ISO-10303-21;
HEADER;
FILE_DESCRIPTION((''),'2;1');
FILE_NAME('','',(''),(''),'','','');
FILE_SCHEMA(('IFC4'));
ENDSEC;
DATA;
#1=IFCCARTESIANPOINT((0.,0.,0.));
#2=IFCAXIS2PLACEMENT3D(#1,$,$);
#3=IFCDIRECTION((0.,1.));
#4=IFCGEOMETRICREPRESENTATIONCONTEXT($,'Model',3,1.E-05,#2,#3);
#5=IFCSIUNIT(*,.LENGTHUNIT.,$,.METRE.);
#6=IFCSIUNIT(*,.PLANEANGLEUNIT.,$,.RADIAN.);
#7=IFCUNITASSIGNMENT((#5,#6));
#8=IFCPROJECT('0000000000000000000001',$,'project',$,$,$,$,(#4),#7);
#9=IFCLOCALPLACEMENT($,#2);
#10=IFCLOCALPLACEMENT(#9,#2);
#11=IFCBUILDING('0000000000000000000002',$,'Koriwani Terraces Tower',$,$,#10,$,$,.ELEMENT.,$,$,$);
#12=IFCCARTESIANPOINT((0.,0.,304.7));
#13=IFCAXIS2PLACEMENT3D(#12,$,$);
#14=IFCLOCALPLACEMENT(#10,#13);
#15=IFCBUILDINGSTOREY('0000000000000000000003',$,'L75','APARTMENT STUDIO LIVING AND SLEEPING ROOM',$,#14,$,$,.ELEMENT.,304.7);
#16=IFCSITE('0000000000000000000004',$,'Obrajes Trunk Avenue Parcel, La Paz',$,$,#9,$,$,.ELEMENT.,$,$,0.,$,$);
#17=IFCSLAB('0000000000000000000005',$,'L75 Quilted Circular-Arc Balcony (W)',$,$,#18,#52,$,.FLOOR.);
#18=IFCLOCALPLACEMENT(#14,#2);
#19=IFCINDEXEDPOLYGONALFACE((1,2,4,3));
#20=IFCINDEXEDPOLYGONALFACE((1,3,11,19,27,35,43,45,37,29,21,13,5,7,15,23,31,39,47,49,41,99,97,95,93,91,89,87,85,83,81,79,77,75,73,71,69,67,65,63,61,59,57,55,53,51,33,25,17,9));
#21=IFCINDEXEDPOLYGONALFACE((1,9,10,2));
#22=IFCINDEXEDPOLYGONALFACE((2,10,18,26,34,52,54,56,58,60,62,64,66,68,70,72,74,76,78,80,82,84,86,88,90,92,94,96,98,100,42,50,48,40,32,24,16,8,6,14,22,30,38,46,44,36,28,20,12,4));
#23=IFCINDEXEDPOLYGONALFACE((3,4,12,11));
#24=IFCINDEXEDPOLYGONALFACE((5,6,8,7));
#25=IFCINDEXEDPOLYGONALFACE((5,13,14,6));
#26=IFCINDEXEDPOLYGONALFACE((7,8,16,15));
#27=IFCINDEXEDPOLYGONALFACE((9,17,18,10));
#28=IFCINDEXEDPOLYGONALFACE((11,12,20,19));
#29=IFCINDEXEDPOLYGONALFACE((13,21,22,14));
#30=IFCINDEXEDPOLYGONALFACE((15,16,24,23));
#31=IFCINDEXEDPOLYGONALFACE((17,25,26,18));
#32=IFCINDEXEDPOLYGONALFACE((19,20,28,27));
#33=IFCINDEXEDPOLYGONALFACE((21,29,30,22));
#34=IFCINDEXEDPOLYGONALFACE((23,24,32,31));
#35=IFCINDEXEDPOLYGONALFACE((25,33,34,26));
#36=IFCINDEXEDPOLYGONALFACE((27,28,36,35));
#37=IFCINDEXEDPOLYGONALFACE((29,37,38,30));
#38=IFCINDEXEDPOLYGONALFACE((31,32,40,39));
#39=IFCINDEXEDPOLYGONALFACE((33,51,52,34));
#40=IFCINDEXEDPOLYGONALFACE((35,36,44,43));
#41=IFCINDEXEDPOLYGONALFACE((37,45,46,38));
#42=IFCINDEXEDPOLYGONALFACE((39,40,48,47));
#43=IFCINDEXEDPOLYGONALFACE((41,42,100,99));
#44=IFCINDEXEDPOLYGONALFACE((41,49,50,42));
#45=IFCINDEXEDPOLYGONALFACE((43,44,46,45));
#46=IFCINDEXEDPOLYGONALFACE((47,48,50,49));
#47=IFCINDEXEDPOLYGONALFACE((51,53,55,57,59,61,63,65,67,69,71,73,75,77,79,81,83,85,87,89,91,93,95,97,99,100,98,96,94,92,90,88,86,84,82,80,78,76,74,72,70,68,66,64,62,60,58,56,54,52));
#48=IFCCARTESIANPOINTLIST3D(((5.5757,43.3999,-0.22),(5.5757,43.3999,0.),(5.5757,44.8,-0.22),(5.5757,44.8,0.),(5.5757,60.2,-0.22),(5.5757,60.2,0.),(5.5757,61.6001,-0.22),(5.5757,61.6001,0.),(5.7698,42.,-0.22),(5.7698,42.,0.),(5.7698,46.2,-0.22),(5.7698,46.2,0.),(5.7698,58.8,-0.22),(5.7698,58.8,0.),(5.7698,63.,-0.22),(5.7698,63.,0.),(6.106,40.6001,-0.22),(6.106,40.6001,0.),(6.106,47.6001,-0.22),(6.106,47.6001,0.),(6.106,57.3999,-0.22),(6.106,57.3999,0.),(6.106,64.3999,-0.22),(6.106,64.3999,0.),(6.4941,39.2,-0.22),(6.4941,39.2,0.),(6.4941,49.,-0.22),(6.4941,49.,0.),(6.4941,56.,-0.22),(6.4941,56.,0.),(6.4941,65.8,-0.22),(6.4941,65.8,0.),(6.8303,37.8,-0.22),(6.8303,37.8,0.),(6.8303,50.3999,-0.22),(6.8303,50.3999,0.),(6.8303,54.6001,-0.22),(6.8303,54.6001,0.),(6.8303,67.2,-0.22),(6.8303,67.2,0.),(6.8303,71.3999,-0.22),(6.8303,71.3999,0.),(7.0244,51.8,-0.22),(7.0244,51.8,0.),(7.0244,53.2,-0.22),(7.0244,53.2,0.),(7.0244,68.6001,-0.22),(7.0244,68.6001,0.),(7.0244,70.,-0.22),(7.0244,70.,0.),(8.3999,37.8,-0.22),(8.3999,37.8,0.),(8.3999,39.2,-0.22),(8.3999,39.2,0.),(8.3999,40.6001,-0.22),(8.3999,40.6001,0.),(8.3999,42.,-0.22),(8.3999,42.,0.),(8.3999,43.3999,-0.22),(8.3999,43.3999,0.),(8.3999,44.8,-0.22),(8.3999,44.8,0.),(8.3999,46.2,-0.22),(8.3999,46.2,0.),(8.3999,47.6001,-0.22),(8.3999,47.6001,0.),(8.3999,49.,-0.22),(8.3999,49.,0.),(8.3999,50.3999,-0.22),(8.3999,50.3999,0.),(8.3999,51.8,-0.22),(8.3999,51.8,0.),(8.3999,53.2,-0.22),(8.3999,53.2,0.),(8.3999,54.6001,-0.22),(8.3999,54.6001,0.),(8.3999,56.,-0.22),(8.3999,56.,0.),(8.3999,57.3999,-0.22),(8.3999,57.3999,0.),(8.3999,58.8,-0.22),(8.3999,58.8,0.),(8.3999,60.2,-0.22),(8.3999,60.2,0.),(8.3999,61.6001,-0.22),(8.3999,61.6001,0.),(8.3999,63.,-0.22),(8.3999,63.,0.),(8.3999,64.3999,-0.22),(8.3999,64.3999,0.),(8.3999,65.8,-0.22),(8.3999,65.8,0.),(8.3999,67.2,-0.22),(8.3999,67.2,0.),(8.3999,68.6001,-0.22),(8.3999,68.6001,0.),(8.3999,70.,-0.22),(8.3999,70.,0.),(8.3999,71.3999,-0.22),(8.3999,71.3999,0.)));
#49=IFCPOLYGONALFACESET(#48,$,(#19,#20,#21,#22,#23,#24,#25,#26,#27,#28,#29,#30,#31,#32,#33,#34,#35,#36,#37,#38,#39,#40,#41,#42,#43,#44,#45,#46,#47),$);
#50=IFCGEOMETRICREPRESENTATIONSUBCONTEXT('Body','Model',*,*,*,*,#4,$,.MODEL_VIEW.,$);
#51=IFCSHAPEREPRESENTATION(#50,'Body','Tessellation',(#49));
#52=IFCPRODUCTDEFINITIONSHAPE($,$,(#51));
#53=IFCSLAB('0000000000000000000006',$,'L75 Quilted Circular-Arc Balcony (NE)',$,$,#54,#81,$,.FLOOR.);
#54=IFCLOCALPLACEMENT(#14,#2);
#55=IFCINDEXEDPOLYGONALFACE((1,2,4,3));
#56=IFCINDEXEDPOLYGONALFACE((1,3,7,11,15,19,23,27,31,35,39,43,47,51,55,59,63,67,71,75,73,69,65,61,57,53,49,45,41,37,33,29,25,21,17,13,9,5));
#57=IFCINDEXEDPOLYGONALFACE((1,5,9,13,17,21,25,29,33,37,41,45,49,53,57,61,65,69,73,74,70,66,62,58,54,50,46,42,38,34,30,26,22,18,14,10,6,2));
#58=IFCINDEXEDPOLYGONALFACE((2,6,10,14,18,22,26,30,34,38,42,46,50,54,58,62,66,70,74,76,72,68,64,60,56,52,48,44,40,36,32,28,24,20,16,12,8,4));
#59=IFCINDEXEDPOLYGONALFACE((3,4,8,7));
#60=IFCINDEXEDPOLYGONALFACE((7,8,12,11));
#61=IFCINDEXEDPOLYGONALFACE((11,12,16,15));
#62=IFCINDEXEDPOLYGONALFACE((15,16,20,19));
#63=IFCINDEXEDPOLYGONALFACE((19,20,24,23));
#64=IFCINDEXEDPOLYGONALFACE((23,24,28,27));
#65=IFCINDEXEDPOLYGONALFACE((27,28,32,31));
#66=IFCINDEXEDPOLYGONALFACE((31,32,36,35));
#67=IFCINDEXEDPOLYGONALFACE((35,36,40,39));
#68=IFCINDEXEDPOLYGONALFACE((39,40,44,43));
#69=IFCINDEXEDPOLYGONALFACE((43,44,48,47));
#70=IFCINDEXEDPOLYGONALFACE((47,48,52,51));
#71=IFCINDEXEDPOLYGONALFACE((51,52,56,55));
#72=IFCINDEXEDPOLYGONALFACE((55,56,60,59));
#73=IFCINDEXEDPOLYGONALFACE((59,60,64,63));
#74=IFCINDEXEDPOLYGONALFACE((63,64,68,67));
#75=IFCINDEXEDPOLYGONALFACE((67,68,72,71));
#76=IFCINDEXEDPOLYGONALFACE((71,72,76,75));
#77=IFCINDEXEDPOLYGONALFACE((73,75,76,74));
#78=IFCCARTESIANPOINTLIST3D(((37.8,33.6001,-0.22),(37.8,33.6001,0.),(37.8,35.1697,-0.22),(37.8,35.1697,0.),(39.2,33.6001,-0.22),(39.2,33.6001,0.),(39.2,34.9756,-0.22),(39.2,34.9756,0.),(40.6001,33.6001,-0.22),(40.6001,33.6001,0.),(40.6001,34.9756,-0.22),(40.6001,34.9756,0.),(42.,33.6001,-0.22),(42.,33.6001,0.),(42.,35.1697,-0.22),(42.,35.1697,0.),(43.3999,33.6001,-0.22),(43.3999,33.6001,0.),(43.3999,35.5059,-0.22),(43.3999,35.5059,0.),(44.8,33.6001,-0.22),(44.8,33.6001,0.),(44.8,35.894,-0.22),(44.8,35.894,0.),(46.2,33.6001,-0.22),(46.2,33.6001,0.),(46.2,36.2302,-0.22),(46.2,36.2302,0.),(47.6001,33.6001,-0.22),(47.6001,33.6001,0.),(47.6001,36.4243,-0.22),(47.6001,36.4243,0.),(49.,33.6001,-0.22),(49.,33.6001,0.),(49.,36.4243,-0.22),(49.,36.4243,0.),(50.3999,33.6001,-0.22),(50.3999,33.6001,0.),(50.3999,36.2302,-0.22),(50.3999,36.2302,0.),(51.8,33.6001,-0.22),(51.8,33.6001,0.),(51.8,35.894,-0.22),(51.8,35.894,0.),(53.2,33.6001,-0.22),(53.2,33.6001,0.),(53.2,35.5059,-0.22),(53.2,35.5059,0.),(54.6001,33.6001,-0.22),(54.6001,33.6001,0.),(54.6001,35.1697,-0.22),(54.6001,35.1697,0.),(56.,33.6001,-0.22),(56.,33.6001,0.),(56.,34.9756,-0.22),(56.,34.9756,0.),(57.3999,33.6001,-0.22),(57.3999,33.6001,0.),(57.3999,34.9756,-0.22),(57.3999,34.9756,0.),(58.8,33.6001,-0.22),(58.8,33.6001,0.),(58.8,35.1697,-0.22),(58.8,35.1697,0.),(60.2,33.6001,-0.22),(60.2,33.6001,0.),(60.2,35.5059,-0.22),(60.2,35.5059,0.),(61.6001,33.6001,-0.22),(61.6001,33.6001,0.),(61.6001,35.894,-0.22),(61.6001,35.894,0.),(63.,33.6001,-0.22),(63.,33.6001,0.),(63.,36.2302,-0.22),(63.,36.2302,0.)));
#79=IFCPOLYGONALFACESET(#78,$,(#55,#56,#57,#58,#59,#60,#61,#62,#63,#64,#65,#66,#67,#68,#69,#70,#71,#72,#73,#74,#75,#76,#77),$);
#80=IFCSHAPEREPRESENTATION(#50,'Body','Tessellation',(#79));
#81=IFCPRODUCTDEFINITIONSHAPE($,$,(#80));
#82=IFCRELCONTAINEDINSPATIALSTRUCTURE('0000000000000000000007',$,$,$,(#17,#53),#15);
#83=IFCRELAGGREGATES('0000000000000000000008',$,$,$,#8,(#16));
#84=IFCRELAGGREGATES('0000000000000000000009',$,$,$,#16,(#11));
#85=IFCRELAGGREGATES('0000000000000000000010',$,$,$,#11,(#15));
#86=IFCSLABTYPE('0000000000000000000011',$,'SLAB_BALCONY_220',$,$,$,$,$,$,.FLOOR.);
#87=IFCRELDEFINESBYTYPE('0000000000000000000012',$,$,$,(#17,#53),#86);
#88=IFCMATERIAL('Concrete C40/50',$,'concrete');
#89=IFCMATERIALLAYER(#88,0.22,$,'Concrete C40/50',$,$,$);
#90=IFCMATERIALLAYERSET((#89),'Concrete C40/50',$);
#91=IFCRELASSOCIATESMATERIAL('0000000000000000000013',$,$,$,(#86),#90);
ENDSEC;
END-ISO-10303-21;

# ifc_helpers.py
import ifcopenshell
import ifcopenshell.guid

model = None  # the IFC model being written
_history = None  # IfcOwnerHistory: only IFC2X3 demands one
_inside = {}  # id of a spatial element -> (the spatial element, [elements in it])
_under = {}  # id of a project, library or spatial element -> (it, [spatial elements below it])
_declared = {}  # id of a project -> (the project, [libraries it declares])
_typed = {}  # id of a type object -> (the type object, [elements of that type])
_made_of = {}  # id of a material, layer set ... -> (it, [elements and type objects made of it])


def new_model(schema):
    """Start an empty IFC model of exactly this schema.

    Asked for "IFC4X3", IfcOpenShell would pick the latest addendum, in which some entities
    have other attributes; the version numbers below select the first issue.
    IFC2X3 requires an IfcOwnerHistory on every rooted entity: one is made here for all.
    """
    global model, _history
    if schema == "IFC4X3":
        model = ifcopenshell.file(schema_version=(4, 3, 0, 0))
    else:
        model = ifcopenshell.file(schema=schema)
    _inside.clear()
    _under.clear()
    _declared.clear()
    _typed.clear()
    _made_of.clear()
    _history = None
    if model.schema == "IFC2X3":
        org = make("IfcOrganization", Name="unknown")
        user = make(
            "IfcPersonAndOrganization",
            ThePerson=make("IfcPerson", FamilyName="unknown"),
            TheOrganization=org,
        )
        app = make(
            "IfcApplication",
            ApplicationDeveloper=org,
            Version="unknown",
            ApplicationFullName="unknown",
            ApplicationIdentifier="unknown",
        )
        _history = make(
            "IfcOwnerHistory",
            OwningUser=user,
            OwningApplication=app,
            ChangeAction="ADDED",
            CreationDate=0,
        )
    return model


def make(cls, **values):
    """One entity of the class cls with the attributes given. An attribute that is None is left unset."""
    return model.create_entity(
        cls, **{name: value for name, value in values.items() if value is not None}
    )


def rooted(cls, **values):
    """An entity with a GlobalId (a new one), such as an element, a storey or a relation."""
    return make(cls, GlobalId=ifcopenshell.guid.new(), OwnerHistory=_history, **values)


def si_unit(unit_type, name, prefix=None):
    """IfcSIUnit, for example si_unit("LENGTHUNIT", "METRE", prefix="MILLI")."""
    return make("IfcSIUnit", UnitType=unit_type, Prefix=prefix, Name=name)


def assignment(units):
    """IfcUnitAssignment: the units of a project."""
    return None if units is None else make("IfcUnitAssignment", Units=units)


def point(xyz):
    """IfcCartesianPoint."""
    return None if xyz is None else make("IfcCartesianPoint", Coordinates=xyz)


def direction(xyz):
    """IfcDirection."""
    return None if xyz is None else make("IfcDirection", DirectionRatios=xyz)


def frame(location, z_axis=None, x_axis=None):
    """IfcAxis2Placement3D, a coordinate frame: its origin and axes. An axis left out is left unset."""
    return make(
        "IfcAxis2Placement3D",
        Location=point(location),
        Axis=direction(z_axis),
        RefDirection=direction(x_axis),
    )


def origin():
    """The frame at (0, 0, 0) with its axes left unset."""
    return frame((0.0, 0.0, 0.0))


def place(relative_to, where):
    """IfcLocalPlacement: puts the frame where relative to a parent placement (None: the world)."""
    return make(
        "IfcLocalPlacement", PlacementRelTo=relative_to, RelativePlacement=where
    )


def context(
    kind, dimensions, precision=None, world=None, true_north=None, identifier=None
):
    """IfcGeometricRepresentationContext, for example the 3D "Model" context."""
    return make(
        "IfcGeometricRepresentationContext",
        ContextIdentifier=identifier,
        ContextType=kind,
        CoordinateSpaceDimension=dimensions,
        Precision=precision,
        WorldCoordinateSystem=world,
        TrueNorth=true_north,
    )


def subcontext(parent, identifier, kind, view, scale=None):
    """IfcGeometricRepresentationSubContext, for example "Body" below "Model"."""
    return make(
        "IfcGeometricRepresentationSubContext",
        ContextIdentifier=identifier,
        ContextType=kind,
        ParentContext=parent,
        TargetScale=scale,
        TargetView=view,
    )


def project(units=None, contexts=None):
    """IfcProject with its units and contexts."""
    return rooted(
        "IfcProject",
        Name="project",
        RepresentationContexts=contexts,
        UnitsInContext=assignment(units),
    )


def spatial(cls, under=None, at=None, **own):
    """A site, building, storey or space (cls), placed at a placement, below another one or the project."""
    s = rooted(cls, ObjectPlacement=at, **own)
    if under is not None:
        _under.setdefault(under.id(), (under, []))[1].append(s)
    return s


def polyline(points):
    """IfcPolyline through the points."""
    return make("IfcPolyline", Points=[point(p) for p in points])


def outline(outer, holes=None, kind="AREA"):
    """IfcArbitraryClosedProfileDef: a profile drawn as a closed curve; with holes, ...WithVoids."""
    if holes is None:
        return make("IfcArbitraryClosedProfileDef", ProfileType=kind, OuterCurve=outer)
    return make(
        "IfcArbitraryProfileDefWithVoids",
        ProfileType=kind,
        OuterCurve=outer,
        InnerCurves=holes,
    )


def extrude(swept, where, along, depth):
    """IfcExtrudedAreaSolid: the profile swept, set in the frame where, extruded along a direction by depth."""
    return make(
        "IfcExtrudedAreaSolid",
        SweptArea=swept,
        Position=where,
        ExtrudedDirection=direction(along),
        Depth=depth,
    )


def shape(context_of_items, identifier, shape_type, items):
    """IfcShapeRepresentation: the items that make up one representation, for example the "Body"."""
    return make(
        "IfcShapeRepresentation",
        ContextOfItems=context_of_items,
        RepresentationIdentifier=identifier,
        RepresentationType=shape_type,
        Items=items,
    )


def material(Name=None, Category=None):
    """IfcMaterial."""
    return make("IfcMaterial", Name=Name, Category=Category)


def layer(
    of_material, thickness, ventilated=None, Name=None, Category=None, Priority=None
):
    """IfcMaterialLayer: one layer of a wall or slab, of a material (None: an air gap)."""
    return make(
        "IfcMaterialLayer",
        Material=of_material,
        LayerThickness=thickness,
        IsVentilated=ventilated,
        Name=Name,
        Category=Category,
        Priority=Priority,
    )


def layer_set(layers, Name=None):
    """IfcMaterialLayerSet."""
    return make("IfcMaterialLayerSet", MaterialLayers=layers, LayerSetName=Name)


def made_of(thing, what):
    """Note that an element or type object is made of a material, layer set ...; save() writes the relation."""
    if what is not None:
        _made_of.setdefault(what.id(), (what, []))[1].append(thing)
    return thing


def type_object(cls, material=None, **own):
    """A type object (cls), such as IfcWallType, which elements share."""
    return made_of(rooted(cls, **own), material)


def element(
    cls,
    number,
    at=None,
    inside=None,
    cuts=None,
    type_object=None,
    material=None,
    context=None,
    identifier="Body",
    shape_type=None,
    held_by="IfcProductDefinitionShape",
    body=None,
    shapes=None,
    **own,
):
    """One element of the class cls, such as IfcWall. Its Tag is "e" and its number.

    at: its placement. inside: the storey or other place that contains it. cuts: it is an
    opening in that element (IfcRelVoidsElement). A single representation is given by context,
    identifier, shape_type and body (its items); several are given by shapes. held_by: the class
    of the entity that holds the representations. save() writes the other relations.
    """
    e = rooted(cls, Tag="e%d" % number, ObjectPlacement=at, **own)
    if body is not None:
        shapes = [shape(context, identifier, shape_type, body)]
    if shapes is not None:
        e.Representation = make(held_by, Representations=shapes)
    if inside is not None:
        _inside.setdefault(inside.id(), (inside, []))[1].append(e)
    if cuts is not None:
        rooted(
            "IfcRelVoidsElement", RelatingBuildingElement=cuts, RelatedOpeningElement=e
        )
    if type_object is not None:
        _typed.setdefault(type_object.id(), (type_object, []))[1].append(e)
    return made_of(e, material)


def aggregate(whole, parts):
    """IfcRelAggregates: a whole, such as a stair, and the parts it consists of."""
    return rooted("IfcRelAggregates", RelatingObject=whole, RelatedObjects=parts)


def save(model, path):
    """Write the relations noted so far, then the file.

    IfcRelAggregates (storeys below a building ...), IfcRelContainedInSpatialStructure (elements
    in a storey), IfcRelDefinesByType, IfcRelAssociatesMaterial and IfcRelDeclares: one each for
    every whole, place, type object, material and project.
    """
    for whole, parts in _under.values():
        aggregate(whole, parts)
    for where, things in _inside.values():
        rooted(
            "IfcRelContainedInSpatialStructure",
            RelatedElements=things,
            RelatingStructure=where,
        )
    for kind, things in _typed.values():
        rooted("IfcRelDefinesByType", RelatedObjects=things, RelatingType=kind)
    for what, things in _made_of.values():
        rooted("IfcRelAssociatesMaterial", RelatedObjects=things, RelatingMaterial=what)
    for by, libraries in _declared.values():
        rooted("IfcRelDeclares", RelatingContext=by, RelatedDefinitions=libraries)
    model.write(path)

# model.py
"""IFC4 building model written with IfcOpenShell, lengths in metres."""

from ifc_helpers import new_model, si_unit, direction, frame, origin, place, context, subcontext, project, spatial, polyline, outline, extrude, material, layer, layer_set, type_object, element, save


model = new_model("IFC4")

# Units and contexts
model_context = context("Model", 3, precision=1e-05, world=origin(), true_north=direction((0.0, 1.0)))
body_context = subcontext(model_context, "Body", "Model", "MODEL_VIEW")
ifc_project = project(units=[si_unit("LENGTHUNIT", "METRE"), si_unit("PLANEANGLEUNIT", "RADIAN")], contexts=[model_context])

# Site, building, storey
site_placement = place(None, origin())
site = spatial("IfcSite", under=ifc_project, at=site_placement, Name="Obrajes Trunk Avenue Parcel, La Paz", CompositionType="ELEMENT", RefElevation=0.0)
building_placement = place(site_placement, origin())
building = spatial("IfcBuilding", under=site, at=building_placement, Name="Koriwani Terraces Tower", CompositionType="ELEMENT")
storey_placement = place(building_placement, frame((0.0, 0.0, 304.7)))
storey = spatial("IfcBuildingStorey", under=building, at=storey_placement, Name="L75", Description="APARTMENT STUDIO LIVING AND SLEEPING ROOM", CompositionType="ELEMENT", Elevation=304.7)

# Shared definitions
ifc_material_1 = material(Name="Concrete C40/50", Category="concrete")

# Slabs
ifc_layer_1 = layer(ifc_material_1, 0.22, Name="Concrete C40/50")
ifc_layer_set_1 = layer_set([ifc_layer_1], Name="Concrete C40/50")
slab_type_1 = type_object("IfcSlabType", Name="SLAB_BALCONY_220", PredefinedType="FLOOR", material=ifc_layer_set_1)
slab_1_placement = place(storey_placement, frame((0.0, 0.0, -0.22)))
element("IfcSlab", 1, at=slab_1_placement, inside=storey, type_object=slab_type_1, Name="L75 Quilted Circular-Arc Balcony (W)", PredefinedType="FLOOR", context=body_context, shape_type="SweptSolid", body=[
    extrude(outline(polyline([(8.3999, 37.8), (8.3999, 39.2), (8.3999, 40.6001), (8.3999, 42.0), (8.3999, 43.3999), (8.3999, 44.8), (8.3999, 46.2), (8.3999, 47.6001), (8.3999, 49.0), (8.3999, 50.3999), (8.3999, 51.8), (8.3999, 53.2), (8.3999, 54.6001), (8.3999, 56.0), (8.3999, 57.3999), (8.3999, 58.8), (8.3999, 60.2), (8.3999, 61.6001), (8.3999, 63.0), (8.3999, 64.3999), (8.3999, 65.8), (8.3999, 67.2), (8.3999, 68.6001), (8.3999, 70.0), (8.3999, 71.3999), (6.8303, 71.3999), (7.0244, 70.0), (7.0244, 68.6001), (6.8303, 67.2), (6.4941, 65.8), (6.106, 64.3999), (5.7698, 63.0), (5.5757, 61.6001), (5.5757, 60.2), (5.7698, 58.8), (6.106, 57.3999), (6.4941, 56.0), (6.8303, 54.6001), (7.0244, 53.2), (7.0244, 51.8), (6.8303, 50.3999), (6.4941, 49.0), (6.106, 47.6001), (5.7698, 46.2), (5.5757, 44.8), (5.5757, 43.3999), (5.7698, 42.0), (6.106, 40.6001), (6.4941, 39.2), (6.8303, 37.8), (8.3999, 37.8)])), origin(), (0.0, 0.0, 1.0), 0.22),
])
slab_2_placement = place(storey_placement, frame((0.0, 0.0, -0.22)))
element("IfcSlab", 2, at=slab_2_placement, inside=storey, type_object=slab_type_1, Name="L75 Quilted Circular-Arc Balcony (NE)", PredefinedType="FLOOR", context=body_context, shape_type="SweptSolid", body=[
    extrude(outline(polyline([(63.0, 33.6001), (61.6001, 33.6001), (60.2, 33.6001), (58.8, 33.6001), (57.3999, 33.6001), (56.0, 33.6001), (54.6001, 33.6001), (53.2, 33.6001), (51.8, 33.6001), (50.3999, 33.6001), (49.0, 33.6001), (47.6001, 33.6001), (46.2, 33.6001), (44.8, 33.6001), (43.3999, 33.6001), (42.0, 33.6001), (40.6001, 33.6001), (39.2, 33.6001), (37.8, 33.6001), (37.8, 35.1697), (39.2, 34.9756), (40.6001, 34.9756), (42.0, 35.1697), (43.3999, 35.5059), (44.8, 35.894), (46.2, 36.2302), (47.6001, 36.4243), (49.0, 36.4243), (50.3999, 36.2302), (51.8, 35.894), (53.2, 35.5059), (54.6001, 35.1697), (56.0, 34.9756), (57.3999, 34.9756), (58.8, 35.1697), (60.2, 35.5059), (61.6001, 35.894), (63.0, 36.2302), (63.0, 33.6001)])), origin(), (0.0, 0.0, 1.0), 0.22),
])

save(model, "model.ifc")
